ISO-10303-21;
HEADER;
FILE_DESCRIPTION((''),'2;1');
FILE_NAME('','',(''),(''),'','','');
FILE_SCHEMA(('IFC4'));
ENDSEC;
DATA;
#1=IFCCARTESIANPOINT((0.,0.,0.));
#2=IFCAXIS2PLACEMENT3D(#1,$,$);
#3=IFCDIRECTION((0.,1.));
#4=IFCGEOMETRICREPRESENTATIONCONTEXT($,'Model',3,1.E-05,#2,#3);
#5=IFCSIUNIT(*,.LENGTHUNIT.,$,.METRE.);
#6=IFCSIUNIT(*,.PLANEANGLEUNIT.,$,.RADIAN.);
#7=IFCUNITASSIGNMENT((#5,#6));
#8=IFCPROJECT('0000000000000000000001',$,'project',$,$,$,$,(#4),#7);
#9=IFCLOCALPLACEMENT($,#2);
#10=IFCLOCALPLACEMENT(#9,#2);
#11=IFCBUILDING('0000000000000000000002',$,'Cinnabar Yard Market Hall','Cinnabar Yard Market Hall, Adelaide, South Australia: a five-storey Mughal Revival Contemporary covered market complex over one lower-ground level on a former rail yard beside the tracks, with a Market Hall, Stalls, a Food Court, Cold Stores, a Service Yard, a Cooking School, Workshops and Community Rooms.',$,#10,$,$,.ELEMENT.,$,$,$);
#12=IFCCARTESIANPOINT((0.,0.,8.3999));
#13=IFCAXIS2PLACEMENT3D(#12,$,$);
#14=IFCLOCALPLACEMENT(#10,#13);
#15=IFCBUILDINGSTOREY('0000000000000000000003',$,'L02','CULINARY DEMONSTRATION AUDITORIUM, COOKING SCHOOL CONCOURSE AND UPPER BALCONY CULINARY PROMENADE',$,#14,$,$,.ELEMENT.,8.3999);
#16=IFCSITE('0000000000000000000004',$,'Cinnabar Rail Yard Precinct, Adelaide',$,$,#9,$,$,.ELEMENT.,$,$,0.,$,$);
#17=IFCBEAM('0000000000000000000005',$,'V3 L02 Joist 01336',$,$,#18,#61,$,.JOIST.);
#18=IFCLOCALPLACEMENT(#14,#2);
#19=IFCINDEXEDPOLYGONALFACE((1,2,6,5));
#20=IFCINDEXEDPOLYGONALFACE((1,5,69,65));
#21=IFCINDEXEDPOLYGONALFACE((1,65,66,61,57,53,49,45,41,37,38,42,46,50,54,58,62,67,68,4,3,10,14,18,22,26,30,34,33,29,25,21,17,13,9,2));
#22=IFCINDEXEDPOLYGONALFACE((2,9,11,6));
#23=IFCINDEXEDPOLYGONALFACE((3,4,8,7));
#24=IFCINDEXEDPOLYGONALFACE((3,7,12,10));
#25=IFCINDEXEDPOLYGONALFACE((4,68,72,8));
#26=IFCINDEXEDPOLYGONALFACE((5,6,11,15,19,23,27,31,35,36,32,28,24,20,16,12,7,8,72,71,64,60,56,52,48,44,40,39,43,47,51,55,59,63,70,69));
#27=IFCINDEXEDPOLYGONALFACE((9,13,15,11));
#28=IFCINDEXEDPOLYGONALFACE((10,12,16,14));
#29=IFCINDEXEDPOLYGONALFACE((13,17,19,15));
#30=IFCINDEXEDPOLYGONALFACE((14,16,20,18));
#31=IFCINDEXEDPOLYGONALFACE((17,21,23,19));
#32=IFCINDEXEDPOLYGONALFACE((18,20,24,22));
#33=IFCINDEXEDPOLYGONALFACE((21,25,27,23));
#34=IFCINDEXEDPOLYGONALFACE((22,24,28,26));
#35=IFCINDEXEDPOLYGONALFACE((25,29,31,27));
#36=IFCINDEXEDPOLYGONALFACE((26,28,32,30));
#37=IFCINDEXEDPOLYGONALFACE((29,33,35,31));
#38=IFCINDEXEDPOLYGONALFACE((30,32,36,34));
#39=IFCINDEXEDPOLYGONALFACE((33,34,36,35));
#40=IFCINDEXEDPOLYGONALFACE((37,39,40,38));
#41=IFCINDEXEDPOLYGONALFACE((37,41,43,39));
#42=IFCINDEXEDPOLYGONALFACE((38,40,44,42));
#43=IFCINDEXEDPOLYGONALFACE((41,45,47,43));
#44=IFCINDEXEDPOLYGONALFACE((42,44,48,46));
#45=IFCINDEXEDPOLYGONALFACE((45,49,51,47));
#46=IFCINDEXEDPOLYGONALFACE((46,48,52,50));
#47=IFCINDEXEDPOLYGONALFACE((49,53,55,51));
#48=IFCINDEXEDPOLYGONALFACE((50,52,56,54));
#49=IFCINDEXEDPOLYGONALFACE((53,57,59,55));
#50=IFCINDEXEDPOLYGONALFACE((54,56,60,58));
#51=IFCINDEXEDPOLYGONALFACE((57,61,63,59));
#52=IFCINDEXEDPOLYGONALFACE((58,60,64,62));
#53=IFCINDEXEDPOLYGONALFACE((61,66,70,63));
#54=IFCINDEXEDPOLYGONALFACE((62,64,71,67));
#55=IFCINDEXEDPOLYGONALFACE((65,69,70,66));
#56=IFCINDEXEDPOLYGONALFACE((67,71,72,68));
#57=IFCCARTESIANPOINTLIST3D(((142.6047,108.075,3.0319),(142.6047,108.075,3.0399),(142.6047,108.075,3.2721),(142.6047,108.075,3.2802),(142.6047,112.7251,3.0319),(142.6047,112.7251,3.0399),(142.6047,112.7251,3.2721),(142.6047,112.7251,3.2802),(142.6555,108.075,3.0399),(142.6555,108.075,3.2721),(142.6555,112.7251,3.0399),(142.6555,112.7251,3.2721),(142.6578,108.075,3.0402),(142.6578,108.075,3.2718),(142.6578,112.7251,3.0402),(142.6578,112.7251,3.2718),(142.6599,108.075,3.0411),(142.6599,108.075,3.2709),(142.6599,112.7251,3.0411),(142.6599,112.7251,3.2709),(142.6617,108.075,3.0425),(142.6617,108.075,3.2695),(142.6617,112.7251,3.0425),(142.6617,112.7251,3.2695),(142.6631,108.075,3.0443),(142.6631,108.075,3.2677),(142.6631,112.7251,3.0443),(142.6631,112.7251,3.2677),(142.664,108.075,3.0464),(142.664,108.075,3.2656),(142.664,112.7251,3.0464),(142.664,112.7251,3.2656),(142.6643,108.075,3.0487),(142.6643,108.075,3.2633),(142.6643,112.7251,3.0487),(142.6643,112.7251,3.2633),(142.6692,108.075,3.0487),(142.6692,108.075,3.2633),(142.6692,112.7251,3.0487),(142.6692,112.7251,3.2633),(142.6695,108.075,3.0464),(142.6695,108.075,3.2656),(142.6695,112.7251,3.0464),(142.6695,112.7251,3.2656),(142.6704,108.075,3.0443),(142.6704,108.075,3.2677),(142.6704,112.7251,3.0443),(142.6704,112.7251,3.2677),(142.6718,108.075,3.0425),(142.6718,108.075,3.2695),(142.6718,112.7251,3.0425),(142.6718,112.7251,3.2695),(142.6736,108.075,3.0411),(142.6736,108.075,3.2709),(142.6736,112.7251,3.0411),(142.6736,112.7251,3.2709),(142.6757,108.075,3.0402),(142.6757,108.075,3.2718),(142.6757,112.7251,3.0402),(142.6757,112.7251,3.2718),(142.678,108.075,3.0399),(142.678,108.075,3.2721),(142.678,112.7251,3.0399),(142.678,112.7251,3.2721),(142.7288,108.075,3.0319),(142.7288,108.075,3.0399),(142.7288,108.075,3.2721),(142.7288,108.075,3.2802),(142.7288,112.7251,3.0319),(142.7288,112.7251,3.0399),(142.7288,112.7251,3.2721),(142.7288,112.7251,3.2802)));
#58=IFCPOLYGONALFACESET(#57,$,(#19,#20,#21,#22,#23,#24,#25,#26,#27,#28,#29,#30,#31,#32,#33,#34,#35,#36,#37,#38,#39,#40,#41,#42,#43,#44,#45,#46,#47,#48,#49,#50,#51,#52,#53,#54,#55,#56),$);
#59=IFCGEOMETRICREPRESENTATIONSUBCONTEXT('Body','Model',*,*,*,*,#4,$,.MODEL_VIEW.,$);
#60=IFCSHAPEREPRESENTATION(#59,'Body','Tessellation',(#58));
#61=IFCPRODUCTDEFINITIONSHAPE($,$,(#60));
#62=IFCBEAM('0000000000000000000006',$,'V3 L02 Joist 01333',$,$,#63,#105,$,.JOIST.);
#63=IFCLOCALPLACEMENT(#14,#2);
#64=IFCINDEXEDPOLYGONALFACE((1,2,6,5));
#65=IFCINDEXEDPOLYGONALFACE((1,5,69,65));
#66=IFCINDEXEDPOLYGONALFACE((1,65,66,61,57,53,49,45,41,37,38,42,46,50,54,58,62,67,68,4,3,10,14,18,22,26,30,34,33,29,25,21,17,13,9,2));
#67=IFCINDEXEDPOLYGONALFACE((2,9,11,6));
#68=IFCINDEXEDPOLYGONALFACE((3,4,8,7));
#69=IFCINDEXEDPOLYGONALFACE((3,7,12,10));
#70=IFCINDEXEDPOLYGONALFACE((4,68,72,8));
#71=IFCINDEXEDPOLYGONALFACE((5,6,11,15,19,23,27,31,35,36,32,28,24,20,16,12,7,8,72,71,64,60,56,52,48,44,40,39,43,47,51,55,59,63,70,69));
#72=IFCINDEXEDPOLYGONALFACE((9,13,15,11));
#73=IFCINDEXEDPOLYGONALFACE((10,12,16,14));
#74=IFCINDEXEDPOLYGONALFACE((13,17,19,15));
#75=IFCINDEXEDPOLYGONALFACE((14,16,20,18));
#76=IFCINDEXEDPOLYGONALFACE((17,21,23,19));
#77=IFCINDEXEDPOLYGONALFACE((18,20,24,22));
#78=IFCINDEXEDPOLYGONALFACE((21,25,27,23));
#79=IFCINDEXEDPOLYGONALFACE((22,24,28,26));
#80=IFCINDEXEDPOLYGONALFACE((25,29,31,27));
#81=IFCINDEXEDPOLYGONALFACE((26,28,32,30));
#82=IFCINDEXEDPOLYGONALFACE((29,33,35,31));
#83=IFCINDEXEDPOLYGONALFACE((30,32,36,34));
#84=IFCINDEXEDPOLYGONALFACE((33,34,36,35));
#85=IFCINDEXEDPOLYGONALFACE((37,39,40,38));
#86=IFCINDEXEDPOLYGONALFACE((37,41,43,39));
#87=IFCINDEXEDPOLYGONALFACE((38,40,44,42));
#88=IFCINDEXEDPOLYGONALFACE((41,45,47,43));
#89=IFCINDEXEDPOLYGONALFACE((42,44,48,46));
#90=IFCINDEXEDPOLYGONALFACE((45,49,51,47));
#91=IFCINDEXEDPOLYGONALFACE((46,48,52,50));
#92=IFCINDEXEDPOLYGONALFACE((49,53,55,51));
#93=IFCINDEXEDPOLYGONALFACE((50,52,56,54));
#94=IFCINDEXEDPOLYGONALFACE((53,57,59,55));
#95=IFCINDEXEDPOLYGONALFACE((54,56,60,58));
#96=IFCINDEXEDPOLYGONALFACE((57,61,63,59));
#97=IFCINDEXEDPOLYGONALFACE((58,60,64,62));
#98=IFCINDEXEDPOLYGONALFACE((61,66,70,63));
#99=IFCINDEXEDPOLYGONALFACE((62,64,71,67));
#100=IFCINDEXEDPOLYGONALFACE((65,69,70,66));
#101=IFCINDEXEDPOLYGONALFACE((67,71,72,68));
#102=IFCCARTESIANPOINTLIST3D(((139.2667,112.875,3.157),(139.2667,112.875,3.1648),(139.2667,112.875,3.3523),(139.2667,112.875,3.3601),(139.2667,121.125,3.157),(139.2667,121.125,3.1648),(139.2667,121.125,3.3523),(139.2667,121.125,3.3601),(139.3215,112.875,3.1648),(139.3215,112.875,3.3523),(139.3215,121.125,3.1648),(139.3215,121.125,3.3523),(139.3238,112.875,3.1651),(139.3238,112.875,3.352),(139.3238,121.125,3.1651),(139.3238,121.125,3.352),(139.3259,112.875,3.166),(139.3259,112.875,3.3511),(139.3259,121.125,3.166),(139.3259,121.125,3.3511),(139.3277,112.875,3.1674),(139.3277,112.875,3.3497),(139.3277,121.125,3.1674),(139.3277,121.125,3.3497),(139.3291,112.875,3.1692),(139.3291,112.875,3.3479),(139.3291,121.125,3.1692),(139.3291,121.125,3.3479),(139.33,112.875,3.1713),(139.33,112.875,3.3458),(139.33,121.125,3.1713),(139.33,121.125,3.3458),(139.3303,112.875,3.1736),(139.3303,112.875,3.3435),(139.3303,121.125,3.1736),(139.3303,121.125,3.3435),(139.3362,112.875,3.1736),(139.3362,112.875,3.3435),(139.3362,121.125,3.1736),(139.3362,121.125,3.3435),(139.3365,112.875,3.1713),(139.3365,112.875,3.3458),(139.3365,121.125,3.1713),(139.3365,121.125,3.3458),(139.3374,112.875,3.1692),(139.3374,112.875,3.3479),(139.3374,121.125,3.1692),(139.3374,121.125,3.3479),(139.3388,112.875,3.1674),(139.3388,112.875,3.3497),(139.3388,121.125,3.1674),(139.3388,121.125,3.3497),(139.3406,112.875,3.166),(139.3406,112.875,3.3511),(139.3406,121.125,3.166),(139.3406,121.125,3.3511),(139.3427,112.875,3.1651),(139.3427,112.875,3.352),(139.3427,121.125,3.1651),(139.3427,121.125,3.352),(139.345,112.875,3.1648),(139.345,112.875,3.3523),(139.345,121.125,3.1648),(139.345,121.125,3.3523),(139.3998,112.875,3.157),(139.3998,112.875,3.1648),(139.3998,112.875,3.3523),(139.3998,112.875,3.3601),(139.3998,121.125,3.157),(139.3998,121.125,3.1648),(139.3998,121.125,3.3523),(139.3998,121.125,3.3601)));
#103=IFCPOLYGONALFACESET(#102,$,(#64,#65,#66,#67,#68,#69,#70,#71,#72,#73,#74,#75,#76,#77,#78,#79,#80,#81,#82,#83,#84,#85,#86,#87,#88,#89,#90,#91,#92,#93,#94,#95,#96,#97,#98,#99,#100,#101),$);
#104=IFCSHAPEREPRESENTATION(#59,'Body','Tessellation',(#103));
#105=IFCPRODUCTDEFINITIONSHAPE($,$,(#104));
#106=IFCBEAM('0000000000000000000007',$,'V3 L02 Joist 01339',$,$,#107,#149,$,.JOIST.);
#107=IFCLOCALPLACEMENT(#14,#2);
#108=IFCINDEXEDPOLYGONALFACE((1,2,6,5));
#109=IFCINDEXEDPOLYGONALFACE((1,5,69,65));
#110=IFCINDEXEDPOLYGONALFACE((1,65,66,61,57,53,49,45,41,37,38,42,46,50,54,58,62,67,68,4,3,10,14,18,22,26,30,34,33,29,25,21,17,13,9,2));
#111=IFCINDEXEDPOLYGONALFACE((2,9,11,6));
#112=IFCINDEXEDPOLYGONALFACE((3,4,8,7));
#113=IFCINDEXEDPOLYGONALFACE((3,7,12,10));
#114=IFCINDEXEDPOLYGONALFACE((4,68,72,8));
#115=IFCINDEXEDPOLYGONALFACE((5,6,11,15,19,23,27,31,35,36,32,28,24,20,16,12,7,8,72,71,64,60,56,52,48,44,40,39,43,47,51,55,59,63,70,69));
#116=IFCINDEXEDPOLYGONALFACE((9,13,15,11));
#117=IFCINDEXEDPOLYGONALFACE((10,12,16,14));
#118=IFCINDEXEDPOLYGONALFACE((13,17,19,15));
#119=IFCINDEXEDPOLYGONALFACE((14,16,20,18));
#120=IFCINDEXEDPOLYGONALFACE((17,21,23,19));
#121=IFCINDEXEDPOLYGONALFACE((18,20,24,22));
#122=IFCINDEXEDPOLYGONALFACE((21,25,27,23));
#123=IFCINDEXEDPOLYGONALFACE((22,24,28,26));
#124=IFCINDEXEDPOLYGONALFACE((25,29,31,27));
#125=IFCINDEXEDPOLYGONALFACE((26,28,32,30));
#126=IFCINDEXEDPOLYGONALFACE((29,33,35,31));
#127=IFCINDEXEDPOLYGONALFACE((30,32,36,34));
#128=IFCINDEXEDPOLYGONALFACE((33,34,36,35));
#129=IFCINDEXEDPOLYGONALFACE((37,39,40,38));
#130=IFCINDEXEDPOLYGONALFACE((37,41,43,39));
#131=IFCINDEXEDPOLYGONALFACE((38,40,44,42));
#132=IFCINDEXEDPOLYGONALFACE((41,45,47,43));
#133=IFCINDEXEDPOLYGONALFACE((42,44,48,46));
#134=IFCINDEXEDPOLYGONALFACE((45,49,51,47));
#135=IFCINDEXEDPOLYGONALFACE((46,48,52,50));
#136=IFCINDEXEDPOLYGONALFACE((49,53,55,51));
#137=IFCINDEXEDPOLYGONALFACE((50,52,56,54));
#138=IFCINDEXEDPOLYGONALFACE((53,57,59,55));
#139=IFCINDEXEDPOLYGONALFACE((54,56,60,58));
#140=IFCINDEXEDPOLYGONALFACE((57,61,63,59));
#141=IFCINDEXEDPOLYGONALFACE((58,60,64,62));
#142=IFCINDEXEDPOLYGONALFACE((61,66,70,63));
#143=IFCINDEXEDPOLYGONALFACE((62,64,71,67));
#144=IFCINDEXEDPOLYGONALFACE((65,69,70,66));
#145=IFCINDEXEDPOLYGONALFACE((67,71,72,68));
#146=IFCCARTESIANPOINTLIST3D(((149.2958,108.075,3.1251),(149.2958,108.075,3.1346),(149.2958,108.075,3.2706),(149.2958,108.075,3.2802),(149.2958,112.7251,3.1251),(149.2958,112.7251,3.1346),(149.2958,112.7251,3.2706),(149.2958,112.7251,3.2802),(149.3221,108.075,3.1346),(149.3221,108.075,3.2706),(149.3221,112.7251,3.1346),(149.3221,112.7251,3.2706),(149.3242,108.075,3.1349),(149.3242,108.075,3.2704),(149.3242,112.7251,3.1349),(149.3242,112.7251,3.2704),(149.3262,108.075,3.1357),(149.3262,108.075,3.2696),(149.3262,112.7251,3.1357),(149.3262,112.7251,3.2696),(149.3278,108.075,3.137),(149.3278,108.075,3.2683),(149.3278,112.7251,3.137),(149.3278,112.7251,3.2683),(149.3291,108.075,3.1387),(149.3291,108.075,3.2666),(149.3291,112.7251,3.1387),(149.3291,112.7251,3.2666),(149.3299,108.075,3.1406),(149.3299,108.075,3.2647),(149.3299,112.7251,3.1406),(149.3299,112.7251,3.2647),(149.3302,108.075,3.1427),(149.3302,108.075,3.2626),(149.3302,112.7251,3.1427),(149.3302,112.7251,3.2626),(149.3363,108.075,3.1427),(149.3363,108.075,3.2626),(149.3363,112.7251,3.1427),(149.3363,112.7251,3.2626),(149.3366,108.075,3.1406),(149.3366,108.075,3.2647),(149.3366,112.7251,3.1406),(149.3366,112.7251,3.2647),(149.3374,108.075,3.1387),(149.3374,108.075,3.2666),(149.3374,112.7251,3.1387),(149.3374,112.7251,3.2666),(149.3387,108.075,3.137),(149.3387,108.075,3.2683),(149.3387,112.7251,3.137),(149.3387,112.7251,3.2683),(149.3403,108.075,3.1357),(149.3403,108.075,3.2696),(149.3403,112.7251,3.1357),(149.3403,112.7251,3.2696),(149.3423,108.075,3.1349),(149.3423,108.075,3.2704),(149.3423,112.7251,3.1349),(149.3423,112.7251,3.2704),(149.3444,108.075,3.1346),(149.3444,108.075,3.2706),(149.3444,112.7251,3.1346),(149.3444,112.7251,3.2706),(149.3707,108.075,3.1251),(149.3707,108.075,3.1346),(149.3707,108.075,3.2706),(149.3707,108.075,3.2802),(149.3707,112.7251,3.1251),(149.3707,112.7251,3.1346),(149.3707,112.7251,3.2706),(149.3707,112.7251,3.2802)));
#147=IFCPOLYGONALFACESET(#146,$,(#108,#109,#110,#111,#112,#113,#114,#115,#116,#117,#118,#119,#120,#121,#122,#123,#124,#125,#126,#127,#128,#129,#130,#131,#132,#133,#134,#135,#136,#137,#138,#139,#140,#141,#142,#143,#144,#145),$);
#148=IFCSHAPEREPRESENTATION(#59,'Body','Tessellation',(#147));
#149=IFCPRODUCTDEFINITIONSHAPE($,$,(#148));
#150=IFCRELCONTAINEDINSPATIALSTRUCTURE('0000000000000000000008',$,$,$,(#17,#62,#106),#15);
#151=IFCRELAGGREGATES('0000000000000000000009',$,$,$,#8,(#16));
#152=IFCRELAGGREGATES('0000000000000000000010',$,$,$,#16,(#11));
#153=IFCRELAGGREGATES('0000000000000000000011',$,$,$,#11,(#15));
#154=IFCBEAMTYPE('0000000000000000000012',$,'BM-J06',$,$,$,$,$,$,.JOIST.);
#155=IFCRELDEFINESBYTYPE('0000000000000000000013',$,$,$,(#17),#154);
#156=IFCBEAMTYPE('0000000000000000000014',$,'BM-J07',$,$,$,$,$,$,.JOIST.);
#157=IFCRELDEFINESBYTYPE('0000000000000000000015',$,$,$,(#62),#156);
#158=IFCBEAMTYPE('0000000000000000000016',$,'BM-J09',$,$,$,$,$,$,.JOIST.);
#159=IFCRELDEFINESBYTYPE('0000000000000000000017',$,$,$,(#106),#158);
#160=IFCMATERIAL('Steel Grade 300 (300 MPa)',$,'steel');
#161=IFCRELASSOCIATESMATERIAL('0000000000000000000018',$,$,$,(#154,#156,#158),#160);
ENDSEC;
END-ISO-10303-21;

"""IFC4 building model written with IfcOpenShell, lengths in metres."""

from ifc_helpers import new_model, si_unit, direction, frame, origin, origin_2d_with_axis, place, context, subcontext, project, spatial, i_section, extrude, material, material_profile, profile_set, type_object, element, save


model = new_model("IFC4")

# Units and contexts
model_context = context("Model", 3, precision=1e-05, world=origin(), true_north=direction((0.0, 1.0)))
body_context = subcontext(model_context, "Body", "Model", "MODEL_VIEW")
ifc_project = project(units=[si_unit("LENGTHUNIT", "METRE"), si_unit("PLANEANGLEUNIT", "RADIAN")], contexts=[model_context])

# Site, building, storey
site_placement = place(None, origin())
site = spatial("IfcSite", under=ifc_project, at=site_placement, Name="Cinnabar Rail Yard Precinct, Adelaide", CompositionType="ELEMENT", RefElevation=0.0)
building_placement = place(site_placement, origin())
building = spatial("IfcBuilding", under=site, at=building_placement, Name="Cinnabar Yard Market Hall", Description="Cinnabar Yard Market Hall, Adelaide, South Australia: a five-storey Mughal Revival Contemporary covered market complex over one lower-ground level on a former rail yard beside the tracks, with a Market Hall, Stalls, a Food Court, Cold Stores, a Service Yard, a Cooking School, Workshops and Community Rooms.", CompositionType="ELEMENT")
storey_placement = place(building_placement, frame((0.0, 0.0, 8.3999)))
storey = spatial("IfcBuildingStorey", under=building, at=storey_placement, Name="L02", Description="CULINARY DEMONSTRATION AUDITORIUM, COOKING SCHOOL CONCOURSE AND UPPER BALCONY CULINARY PROMENADE", CompositionType="ELEMENT", Elevation=8.3999)

# Shared definitions
ifc_material_1 = material(Name="Steel Grade 300 (300 MPa)", Category="steel")

# Beams
ifc_material_profile_1 = material_profile(ifc_material_1, i_section(OverallWidth=0.124, OverallDepth=0.2483, WebThickness=0.0049, FlangeThickness=0.0081, FilletRadius=0.0088, at=origin_2d_with_axis()), Name="250UB25.7")
ifc_profile_set_1 = profile_set([ifc_material_profile_1], Name="Steel Grade 300 (300 MPa)")
beam_type_1 = type_object("IfcBeamType", Name="BM-J06", PredefinedType="JOIST", material=ifc_profile_set_1)
for number, where, z_axis, x_axis, name in (
    (1, (142.6667, 108.075, 3.156), (0.0, 1.0, 0.0), (-1.0, 0.0, 0.0), "V3 L02 Joist 01336"),
):
    element("IfcBeam", number, at=place(storey_placement, frame(where, z_axis=z_axis, x_axis=x_axis)), inside=storey, type_object=beam_type_1, Name=name, PredefinedType="JOIST", context=body_context, shape_type="SweptSolid", body=[
        extrude(i_section(OverallWidth=0.124, OverallDepth=0.2483, WebThickness=0.0049, FlangeThickness=0.0081, FilletRadius=0.0088, at=origin_2d_with_axis()), origin(), (0.0, 0.0, 1.0), 4.6501),
    ])
ifc_material_profile_2 = material_profile(ifc_material_1, i_section(OverallWidth=0.1331, OverallDepth=0.2031, WebThickness=0.0059, FlangeThickness=0.0078, FilletRadius=0.0088, at=origin_2d_with_axis()), Name="200UB25.4")
ifc_profile_set_2 = profile_set([ifc_material_profile_2], Name="Steel Grade 300 (300 MPa)")
beam_type_2 = type_object("IfcBeamType", Name="BM-J07", PredefinedType="JOIST", material=ifc_profile_set_2)
beam_1_placement = place(storey_placement, frame((139.3333, 112.875, 3.2585), z_axis=(0.0, 1.0, 0.0), x_axis=(-1.0, 0.0, 0.0)))
element("IfcBeam", 2, at=beam_1_placement, inside=storey, type_object=beam_type_2, Name="V3 L02 Joist 01333", PredefinedType="JOIST", context=body_context, shape_type="SweptSolid", body=[
    extrude(i_section(OverallWidth=0.1331, OverallDepth=0.2031, WebThickness=0.0059, FlangeThickness=0.0078, FilletRadius=0.0088, at=origin_2d_with_axis()), origin(), (0.0, 0.0, 1.0), 8.25),
])
ifc_material_profile_3 = material_profile(ifc_material_1, i_section(OverallWidth=0.075, OverallDepth=0.155, WebThickness=0.0061, FlangeThickness=0.0095, FilletRadius=0.0081, at=origin_2d_with_axis()), Name="150UB18.0")
ifc_profile_set_3 = profile_set([ifc_material_profile_3], Name="Steel Grade 300 (300 MPa)")
beam_type_3 = type_object("IfcBeamType", Name="BM-J09", PredefinedType="JOIST", material=ifc_profile_set_3)
beam_2_placement = place(storey_placement, frame((149.3333, 108.075, 3.2026), z_axis=(0.0, 1.0, 0.0), x_axis=(-1.0, 0.0, 0.0)))
element("IfcBeam", 3, at=beam_2_placement, inside=storey, type_object=beam_type_3, Name="V3 L02 Joist 01339", PredefinedType="JOIST", context=body_context, shape_type="SweptSolid", body=[
    extrude(i_section(OverallWidth=0.075, OverallDepth=0.155, WebThickness=0.0061, FlangeThickness=0.0095, FilletRadius=0.0081, at=origin_2d_with_axis()), origin(), (0.0, 0.0, 1.0), 4.6501),
])

save(model, "model.ifc")
